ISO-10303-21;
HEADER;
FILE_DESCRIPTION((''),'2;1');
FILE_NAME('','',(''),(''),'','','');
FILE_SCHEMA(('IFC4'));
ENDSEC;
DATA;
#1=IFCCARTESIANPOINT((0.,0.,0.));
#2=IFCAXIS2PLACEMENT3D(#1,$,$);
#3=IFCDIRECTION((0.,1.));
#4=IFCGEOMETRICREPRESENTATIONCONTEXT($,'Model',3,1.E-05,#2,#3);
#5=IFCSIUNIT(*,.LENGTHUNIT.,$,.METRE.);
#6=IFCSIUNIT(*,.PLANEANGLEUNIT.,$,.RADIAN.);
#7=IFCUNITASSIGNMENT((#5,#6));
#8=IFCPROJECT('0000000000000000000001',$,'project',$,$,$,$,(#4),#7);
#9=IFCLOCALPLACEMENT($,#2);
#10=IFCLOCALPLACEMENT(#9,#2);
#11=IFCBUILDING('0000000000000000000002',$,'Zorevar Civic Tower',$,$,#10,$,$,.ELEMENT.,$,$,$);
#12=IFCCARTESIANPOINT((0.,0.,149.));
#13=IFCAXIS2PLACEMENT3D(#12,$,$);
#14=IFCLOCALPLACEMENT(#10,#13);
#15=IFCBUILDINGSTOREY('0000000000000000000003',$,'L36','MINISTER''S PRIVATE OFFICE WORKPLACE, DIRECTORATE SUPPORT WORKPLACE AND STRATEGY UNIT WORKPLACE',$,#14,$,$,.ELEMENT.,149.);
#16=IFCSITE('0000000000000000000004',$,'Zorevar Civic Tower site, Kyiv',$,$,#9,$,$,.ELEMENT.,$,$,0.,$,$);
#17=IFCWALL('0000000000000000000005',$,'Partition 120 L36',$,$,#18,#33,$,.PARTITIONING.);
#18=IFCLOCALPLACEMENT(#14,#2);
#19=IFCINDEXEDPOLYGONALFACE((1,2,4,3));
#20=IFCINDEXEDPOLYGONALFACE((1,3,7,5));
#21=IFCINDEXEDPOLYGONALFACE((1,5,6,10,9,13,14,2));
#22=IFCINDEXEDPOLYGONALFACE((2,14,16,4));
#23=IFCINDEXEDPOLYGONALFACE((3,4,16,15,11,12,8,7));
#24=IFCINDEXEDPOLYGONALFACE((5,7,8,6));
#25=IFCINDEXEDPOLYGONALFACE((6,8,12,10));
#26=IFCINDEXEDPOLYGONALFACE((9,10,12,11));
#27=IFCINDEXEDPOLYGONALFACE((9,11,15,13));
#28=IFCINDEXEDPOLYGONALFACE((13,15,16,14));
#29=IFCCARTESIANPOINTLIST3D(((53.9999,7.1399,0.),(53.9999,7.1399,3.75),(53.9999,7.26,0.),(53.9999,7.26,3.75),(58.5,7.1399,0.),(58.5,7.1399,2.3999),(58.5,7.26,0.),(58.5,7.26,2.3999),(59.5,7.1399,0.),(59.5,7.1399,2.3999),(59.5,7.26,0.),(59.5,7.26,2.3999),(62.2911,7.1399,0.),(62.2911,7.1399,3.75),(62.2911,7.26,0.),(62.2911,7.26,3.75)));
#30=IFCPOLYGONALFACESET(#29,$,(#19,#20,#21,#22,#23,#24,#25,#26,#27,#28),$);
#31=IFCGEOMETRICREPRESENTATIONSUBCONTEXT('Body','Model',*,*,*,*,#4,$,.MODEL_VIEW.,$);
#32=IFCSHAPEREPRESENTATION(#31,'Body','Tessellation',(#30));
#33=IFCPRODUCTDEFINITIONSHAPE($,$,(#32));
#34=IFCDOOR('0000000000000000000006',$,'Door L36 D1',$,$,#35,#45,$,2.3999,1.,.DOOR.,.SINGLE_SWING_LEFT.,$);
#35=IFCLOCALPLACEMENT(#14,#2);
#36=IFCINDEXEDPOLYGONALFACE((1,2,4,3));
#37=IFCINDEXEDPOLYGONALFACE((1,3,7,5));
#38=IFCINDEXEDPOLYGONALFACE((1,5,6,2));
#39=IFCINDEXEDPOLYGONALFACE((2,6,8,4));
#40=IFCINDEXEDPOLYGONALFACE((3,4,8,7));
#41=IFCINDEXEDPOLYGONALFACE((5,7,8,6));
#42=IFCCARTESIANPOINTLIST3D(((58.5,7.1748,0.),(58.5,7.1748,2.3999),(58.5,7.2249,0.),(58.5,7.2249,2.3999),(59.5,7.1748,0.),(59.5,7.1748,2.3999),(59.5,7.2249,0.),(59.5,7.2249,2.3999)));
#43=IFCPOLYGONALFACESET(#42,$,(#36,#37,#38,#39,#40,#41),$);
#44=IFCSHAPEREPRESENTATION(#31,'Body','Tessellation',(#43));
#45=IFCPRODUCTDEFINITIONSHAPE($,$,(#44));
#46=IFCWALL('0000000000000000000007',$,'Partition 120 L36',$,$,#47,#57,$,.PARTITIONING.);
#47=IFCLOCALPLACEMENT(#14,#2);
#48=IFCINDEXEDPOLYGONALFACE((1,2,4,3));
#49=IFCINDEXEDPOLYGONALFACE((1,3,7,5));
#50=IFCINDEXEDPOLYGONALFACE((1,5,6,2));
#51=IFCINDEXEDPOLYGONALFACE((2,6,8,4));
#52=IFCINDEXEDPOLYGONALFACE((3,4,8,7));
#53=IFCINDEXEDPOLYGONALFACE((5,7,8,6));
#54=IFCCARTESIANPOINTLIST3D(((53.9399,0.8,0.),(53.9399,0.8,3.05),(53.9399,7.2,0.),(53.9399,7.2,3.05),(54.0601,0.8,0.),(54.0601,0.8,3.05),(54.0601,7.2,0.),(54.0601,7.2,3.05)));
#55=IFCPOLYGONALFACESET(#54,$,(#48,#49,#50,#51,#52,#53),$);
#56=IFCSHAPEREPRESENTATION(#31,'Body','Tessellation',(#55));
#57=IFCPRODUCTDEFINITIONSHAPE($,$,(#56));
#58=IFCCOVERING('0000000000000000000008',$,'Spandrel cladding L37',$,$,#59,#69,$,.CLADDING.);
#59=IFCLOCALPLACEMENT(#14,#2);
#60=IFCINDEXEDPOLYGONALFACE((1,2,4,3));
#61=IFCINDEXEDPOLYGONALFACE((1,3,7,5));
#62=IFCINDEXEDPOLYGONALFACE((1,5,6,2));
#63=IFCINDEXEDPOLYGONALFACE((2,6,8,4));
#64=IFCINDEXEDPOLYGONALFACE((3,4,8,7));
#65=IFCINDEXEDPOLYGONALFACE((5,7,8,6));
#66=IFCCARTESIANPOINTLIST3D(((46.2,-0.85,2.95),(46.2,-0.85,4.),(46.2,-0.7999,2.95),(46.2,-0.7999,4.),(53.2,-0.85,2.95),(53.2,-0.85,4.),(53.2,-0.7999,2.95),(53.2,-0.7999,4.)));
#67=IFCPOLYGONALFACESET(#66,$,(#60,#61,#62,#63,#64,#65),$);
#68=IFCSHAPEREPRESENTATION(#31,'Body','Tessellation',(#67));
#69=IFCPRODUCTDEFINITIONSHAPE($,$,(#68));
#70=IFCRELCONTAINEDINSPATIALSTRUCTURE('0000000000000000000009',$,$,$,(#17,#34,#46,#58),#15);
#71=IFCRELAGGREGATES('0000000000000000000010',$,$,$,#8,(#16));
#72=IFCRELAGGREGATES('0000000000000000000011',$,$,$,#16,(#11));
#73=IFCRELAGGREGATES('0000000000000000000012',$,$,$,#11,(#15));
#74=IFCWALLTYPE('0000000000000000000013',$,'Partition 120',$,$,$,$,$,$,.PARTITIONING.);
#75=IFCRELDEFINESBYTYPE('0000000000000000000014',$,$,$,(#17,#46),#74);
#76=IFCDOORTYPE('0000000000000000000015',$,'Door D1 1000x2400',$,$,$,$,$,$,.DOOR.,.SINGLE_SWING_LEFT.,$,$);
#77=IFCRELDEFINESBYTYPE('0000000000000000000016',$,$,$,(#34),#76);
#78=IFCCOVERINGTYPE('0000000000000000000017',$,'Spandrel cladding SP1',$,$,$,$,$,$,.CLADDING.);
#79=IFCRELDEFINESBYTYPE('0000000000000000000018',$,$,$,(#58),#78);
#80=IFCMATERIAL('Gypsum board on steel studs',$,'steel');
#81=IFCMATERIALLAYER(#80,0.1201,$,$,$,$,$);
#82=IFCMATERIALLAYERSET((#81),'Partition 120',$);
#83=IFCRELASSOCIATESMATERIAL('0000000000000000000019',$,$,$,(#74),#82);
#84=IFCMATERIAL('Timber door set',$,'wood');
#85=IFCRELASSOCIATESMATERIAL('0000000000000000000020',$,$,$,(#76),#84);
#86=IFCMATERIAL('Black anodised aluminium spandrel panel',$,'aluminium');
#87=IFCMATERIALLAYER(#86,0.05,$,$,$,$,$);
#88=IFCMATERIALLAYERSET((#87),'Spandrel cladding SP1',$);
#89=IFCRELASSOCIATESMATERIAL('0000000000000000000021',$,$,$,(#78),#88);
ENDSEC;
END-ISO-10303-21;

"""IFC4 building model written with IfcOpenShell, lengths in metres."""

from ifc_helpers import new_model, si_unit, direction, frame, frame_2d, origin, place, context, subcontext, project, spatial, rectangle, extrude, material, layer, layer_set, type_object, element, fill, save


model = new_model("IFC4")

# Units and contexts
model_context = context("Model", 3, precision=1e-05, world=origin(), true_north=direction((0.0, 1.0)))
body_context = subcontext(model_context, "Body", "Model", "MODEL_VIEW")
ifc_project = project(units=[si_unit("LENGTHUNIT", "METRE"), si_unit("PLANEANGLEUNIT", "RADIAN")], contexts=[model_context])

# Site, building, storey
site_placement = place(None, origin())
site = spatial("IfcSite", under=ifc_project, at=site_placement, Name="Zorevar Civic Tower site, Kyiv", CompositionType="ELEMENT", RefElevation=0.0)
building_placement = place(site_placement, origin())
building = spatial("IfcBuilding", under=site, at=building_placement, Name="Zorevar Civic Tower", CompositionType="ELEMENT")
storey_placement = place(building_placement, frame((0.0, 0.0, 149.0)))
storey = spatial("IfcBuildingStorey", under=building, at=storey_placement, Name="L36", Description="MINISTER'S PRIVATE OFFICE WORKPLACE, DIRECTORATE SUPPORT WORKPLACE AND STRATEGY UNIT WORKPLACE", CompositionType="ELEMENT", Elevation=149.0)

# Wall, opening, door
ifc_material_1 = material(Name="Gypsum board on steel studs", Category="steel")
ifc_layer_1 = layer(ifc_material_1, 0.1201)
ifc_layer_set_1 = layer_set([ifc_layer_1], Name="Partition 120")
wall_type = type_object("IfcWallType", Name="Partition 120", PredefinedType="PARTITIONING", material=ifc_layer_set_1)
wall_1_placement = place(storey_placement, frame((54.0, 7.2, 0.0), z_axis=(0.0, 0.0, 1.0), x_axis=(1.0, 0.0, 0.0)))
wall_1 = element("IfcWall", 1, at=wall_1_placement, inside=storey, type_object=wall_type, Name="Partition 120 L36", PredefinedType="PARTITIONING", context=body_context, shape_type="SweptSolid", body=[
    extrude(rectangle(XDim=8.2913, YDim=0.1201, at=frame_2d((4.1455, 0.0))), origin(), (0.0, 0.0, 1.0), 3.75),
])
opening_placement = place(wall_1_placement, frame((4.5, 0.0, 0.0)))
opening = element("IfcOpeningElement", 2, at=opening_placement, cuts=wall_1, PredefinedType="OPENING", context=body_context, shape_type="SweptSolid", body=[
    extrude(rectangle(XDim=1.0, YDim=2.3999, at=frame_2d((0.5, 1.2))), frame((0.0, 0.0701, 0.0), z_axis=(0.0, -1.0, 0.0), x_axis=(1.0, 0.0, 0.0)), (0.0, 0.0, 1.0), 0.1401),
])
ifc_material_2 = material(Name="Timber door set", Category="wood")
door_type = type_object("IfcDoorType", Name="Door D1 1000x2400", OperationType="SINGLE_SWING_LEFT", PredefinedType="DOOR", material=ifc_material_2)
door_placement = place(opening_placement, origin())
door = element("IfcDoor", 3, at=door_placement, inside=storey, type_object=door_type, Name="Door L36 D1", OperationType="SINGLE_SWING_LEFT", OverallHeight=2.3999, OverallWidth=1.0, PredefinedType="DOOR", context=body_context, shape_type="SweptSolid", body=[
    extrude(rectangle(XDim=1.0, YDim=2.3999, at=frame_2d((0.5, 1.2))), frame((0.0, 0.0249, 0.0), z_axis=(0.0, -1.0, 0.0), x_axis=(1.0, 0.0, 0.0)), (0.0, 0.0, 1.0), 0.05),
])
fill(opening, door)

# Wall
wall_2_placement = place(storey_placement, frame((54.0, 0.8, 0.0), z_axis=(0.0, 0.0, 1.0), x_axis=(0.0, 1.0, 0.0)))
element("IfcWall", 4, at=wall_2_placement, inside=storey, type_object=wall_type, Name="Partition 120 L36", PredefinedType="PARTITIONING", context=body_context, shape_type="SweptSolid", body=[
    extrude(rectangle(XDim=6.3999, YDim=0.1201, at=frame_2d((3.2, 0.0))), origin(), (0.0, 0.0, 1.0), 3.05),
])

# Covering
ifc_material_3 = material(Name="Black anodised aluminium spandrel panel", Category="aluminium")
ifc_layer_2 = layer(ifc_material_3, 0.05)
ifc_layer_set_2 = layer_set([ifc_layer_2], Name="Spandrel cladding SP1")
covering_type = type_object("IfcCoveringType", Name="Spandrel cladding SP1", PredefinedType="CLADDING", material=ifc_layer_set_2)
covering_placement = place(storey_placement, frame((46.2, -0.825, 2.95), z_axis=(0.0, 0.0, 1.0), x_axis=(1.0, 0.0, 0.0)))
element("IfcCovering", 5, at=covering_placement, inside=storey, type_object=covering_type, Name="Spandrel cladding L37", PredefinedType="CLADDING", context=body_context, shape_type="SweptSolid", body=[
    extrude(rectangle(XDim=7.0, YDim=0.05, at=frame_2d((3.5, 0.0))), origin(), (0.0, 0.0, 1.0), 1.05),
])

save(model, "model.ifc")
